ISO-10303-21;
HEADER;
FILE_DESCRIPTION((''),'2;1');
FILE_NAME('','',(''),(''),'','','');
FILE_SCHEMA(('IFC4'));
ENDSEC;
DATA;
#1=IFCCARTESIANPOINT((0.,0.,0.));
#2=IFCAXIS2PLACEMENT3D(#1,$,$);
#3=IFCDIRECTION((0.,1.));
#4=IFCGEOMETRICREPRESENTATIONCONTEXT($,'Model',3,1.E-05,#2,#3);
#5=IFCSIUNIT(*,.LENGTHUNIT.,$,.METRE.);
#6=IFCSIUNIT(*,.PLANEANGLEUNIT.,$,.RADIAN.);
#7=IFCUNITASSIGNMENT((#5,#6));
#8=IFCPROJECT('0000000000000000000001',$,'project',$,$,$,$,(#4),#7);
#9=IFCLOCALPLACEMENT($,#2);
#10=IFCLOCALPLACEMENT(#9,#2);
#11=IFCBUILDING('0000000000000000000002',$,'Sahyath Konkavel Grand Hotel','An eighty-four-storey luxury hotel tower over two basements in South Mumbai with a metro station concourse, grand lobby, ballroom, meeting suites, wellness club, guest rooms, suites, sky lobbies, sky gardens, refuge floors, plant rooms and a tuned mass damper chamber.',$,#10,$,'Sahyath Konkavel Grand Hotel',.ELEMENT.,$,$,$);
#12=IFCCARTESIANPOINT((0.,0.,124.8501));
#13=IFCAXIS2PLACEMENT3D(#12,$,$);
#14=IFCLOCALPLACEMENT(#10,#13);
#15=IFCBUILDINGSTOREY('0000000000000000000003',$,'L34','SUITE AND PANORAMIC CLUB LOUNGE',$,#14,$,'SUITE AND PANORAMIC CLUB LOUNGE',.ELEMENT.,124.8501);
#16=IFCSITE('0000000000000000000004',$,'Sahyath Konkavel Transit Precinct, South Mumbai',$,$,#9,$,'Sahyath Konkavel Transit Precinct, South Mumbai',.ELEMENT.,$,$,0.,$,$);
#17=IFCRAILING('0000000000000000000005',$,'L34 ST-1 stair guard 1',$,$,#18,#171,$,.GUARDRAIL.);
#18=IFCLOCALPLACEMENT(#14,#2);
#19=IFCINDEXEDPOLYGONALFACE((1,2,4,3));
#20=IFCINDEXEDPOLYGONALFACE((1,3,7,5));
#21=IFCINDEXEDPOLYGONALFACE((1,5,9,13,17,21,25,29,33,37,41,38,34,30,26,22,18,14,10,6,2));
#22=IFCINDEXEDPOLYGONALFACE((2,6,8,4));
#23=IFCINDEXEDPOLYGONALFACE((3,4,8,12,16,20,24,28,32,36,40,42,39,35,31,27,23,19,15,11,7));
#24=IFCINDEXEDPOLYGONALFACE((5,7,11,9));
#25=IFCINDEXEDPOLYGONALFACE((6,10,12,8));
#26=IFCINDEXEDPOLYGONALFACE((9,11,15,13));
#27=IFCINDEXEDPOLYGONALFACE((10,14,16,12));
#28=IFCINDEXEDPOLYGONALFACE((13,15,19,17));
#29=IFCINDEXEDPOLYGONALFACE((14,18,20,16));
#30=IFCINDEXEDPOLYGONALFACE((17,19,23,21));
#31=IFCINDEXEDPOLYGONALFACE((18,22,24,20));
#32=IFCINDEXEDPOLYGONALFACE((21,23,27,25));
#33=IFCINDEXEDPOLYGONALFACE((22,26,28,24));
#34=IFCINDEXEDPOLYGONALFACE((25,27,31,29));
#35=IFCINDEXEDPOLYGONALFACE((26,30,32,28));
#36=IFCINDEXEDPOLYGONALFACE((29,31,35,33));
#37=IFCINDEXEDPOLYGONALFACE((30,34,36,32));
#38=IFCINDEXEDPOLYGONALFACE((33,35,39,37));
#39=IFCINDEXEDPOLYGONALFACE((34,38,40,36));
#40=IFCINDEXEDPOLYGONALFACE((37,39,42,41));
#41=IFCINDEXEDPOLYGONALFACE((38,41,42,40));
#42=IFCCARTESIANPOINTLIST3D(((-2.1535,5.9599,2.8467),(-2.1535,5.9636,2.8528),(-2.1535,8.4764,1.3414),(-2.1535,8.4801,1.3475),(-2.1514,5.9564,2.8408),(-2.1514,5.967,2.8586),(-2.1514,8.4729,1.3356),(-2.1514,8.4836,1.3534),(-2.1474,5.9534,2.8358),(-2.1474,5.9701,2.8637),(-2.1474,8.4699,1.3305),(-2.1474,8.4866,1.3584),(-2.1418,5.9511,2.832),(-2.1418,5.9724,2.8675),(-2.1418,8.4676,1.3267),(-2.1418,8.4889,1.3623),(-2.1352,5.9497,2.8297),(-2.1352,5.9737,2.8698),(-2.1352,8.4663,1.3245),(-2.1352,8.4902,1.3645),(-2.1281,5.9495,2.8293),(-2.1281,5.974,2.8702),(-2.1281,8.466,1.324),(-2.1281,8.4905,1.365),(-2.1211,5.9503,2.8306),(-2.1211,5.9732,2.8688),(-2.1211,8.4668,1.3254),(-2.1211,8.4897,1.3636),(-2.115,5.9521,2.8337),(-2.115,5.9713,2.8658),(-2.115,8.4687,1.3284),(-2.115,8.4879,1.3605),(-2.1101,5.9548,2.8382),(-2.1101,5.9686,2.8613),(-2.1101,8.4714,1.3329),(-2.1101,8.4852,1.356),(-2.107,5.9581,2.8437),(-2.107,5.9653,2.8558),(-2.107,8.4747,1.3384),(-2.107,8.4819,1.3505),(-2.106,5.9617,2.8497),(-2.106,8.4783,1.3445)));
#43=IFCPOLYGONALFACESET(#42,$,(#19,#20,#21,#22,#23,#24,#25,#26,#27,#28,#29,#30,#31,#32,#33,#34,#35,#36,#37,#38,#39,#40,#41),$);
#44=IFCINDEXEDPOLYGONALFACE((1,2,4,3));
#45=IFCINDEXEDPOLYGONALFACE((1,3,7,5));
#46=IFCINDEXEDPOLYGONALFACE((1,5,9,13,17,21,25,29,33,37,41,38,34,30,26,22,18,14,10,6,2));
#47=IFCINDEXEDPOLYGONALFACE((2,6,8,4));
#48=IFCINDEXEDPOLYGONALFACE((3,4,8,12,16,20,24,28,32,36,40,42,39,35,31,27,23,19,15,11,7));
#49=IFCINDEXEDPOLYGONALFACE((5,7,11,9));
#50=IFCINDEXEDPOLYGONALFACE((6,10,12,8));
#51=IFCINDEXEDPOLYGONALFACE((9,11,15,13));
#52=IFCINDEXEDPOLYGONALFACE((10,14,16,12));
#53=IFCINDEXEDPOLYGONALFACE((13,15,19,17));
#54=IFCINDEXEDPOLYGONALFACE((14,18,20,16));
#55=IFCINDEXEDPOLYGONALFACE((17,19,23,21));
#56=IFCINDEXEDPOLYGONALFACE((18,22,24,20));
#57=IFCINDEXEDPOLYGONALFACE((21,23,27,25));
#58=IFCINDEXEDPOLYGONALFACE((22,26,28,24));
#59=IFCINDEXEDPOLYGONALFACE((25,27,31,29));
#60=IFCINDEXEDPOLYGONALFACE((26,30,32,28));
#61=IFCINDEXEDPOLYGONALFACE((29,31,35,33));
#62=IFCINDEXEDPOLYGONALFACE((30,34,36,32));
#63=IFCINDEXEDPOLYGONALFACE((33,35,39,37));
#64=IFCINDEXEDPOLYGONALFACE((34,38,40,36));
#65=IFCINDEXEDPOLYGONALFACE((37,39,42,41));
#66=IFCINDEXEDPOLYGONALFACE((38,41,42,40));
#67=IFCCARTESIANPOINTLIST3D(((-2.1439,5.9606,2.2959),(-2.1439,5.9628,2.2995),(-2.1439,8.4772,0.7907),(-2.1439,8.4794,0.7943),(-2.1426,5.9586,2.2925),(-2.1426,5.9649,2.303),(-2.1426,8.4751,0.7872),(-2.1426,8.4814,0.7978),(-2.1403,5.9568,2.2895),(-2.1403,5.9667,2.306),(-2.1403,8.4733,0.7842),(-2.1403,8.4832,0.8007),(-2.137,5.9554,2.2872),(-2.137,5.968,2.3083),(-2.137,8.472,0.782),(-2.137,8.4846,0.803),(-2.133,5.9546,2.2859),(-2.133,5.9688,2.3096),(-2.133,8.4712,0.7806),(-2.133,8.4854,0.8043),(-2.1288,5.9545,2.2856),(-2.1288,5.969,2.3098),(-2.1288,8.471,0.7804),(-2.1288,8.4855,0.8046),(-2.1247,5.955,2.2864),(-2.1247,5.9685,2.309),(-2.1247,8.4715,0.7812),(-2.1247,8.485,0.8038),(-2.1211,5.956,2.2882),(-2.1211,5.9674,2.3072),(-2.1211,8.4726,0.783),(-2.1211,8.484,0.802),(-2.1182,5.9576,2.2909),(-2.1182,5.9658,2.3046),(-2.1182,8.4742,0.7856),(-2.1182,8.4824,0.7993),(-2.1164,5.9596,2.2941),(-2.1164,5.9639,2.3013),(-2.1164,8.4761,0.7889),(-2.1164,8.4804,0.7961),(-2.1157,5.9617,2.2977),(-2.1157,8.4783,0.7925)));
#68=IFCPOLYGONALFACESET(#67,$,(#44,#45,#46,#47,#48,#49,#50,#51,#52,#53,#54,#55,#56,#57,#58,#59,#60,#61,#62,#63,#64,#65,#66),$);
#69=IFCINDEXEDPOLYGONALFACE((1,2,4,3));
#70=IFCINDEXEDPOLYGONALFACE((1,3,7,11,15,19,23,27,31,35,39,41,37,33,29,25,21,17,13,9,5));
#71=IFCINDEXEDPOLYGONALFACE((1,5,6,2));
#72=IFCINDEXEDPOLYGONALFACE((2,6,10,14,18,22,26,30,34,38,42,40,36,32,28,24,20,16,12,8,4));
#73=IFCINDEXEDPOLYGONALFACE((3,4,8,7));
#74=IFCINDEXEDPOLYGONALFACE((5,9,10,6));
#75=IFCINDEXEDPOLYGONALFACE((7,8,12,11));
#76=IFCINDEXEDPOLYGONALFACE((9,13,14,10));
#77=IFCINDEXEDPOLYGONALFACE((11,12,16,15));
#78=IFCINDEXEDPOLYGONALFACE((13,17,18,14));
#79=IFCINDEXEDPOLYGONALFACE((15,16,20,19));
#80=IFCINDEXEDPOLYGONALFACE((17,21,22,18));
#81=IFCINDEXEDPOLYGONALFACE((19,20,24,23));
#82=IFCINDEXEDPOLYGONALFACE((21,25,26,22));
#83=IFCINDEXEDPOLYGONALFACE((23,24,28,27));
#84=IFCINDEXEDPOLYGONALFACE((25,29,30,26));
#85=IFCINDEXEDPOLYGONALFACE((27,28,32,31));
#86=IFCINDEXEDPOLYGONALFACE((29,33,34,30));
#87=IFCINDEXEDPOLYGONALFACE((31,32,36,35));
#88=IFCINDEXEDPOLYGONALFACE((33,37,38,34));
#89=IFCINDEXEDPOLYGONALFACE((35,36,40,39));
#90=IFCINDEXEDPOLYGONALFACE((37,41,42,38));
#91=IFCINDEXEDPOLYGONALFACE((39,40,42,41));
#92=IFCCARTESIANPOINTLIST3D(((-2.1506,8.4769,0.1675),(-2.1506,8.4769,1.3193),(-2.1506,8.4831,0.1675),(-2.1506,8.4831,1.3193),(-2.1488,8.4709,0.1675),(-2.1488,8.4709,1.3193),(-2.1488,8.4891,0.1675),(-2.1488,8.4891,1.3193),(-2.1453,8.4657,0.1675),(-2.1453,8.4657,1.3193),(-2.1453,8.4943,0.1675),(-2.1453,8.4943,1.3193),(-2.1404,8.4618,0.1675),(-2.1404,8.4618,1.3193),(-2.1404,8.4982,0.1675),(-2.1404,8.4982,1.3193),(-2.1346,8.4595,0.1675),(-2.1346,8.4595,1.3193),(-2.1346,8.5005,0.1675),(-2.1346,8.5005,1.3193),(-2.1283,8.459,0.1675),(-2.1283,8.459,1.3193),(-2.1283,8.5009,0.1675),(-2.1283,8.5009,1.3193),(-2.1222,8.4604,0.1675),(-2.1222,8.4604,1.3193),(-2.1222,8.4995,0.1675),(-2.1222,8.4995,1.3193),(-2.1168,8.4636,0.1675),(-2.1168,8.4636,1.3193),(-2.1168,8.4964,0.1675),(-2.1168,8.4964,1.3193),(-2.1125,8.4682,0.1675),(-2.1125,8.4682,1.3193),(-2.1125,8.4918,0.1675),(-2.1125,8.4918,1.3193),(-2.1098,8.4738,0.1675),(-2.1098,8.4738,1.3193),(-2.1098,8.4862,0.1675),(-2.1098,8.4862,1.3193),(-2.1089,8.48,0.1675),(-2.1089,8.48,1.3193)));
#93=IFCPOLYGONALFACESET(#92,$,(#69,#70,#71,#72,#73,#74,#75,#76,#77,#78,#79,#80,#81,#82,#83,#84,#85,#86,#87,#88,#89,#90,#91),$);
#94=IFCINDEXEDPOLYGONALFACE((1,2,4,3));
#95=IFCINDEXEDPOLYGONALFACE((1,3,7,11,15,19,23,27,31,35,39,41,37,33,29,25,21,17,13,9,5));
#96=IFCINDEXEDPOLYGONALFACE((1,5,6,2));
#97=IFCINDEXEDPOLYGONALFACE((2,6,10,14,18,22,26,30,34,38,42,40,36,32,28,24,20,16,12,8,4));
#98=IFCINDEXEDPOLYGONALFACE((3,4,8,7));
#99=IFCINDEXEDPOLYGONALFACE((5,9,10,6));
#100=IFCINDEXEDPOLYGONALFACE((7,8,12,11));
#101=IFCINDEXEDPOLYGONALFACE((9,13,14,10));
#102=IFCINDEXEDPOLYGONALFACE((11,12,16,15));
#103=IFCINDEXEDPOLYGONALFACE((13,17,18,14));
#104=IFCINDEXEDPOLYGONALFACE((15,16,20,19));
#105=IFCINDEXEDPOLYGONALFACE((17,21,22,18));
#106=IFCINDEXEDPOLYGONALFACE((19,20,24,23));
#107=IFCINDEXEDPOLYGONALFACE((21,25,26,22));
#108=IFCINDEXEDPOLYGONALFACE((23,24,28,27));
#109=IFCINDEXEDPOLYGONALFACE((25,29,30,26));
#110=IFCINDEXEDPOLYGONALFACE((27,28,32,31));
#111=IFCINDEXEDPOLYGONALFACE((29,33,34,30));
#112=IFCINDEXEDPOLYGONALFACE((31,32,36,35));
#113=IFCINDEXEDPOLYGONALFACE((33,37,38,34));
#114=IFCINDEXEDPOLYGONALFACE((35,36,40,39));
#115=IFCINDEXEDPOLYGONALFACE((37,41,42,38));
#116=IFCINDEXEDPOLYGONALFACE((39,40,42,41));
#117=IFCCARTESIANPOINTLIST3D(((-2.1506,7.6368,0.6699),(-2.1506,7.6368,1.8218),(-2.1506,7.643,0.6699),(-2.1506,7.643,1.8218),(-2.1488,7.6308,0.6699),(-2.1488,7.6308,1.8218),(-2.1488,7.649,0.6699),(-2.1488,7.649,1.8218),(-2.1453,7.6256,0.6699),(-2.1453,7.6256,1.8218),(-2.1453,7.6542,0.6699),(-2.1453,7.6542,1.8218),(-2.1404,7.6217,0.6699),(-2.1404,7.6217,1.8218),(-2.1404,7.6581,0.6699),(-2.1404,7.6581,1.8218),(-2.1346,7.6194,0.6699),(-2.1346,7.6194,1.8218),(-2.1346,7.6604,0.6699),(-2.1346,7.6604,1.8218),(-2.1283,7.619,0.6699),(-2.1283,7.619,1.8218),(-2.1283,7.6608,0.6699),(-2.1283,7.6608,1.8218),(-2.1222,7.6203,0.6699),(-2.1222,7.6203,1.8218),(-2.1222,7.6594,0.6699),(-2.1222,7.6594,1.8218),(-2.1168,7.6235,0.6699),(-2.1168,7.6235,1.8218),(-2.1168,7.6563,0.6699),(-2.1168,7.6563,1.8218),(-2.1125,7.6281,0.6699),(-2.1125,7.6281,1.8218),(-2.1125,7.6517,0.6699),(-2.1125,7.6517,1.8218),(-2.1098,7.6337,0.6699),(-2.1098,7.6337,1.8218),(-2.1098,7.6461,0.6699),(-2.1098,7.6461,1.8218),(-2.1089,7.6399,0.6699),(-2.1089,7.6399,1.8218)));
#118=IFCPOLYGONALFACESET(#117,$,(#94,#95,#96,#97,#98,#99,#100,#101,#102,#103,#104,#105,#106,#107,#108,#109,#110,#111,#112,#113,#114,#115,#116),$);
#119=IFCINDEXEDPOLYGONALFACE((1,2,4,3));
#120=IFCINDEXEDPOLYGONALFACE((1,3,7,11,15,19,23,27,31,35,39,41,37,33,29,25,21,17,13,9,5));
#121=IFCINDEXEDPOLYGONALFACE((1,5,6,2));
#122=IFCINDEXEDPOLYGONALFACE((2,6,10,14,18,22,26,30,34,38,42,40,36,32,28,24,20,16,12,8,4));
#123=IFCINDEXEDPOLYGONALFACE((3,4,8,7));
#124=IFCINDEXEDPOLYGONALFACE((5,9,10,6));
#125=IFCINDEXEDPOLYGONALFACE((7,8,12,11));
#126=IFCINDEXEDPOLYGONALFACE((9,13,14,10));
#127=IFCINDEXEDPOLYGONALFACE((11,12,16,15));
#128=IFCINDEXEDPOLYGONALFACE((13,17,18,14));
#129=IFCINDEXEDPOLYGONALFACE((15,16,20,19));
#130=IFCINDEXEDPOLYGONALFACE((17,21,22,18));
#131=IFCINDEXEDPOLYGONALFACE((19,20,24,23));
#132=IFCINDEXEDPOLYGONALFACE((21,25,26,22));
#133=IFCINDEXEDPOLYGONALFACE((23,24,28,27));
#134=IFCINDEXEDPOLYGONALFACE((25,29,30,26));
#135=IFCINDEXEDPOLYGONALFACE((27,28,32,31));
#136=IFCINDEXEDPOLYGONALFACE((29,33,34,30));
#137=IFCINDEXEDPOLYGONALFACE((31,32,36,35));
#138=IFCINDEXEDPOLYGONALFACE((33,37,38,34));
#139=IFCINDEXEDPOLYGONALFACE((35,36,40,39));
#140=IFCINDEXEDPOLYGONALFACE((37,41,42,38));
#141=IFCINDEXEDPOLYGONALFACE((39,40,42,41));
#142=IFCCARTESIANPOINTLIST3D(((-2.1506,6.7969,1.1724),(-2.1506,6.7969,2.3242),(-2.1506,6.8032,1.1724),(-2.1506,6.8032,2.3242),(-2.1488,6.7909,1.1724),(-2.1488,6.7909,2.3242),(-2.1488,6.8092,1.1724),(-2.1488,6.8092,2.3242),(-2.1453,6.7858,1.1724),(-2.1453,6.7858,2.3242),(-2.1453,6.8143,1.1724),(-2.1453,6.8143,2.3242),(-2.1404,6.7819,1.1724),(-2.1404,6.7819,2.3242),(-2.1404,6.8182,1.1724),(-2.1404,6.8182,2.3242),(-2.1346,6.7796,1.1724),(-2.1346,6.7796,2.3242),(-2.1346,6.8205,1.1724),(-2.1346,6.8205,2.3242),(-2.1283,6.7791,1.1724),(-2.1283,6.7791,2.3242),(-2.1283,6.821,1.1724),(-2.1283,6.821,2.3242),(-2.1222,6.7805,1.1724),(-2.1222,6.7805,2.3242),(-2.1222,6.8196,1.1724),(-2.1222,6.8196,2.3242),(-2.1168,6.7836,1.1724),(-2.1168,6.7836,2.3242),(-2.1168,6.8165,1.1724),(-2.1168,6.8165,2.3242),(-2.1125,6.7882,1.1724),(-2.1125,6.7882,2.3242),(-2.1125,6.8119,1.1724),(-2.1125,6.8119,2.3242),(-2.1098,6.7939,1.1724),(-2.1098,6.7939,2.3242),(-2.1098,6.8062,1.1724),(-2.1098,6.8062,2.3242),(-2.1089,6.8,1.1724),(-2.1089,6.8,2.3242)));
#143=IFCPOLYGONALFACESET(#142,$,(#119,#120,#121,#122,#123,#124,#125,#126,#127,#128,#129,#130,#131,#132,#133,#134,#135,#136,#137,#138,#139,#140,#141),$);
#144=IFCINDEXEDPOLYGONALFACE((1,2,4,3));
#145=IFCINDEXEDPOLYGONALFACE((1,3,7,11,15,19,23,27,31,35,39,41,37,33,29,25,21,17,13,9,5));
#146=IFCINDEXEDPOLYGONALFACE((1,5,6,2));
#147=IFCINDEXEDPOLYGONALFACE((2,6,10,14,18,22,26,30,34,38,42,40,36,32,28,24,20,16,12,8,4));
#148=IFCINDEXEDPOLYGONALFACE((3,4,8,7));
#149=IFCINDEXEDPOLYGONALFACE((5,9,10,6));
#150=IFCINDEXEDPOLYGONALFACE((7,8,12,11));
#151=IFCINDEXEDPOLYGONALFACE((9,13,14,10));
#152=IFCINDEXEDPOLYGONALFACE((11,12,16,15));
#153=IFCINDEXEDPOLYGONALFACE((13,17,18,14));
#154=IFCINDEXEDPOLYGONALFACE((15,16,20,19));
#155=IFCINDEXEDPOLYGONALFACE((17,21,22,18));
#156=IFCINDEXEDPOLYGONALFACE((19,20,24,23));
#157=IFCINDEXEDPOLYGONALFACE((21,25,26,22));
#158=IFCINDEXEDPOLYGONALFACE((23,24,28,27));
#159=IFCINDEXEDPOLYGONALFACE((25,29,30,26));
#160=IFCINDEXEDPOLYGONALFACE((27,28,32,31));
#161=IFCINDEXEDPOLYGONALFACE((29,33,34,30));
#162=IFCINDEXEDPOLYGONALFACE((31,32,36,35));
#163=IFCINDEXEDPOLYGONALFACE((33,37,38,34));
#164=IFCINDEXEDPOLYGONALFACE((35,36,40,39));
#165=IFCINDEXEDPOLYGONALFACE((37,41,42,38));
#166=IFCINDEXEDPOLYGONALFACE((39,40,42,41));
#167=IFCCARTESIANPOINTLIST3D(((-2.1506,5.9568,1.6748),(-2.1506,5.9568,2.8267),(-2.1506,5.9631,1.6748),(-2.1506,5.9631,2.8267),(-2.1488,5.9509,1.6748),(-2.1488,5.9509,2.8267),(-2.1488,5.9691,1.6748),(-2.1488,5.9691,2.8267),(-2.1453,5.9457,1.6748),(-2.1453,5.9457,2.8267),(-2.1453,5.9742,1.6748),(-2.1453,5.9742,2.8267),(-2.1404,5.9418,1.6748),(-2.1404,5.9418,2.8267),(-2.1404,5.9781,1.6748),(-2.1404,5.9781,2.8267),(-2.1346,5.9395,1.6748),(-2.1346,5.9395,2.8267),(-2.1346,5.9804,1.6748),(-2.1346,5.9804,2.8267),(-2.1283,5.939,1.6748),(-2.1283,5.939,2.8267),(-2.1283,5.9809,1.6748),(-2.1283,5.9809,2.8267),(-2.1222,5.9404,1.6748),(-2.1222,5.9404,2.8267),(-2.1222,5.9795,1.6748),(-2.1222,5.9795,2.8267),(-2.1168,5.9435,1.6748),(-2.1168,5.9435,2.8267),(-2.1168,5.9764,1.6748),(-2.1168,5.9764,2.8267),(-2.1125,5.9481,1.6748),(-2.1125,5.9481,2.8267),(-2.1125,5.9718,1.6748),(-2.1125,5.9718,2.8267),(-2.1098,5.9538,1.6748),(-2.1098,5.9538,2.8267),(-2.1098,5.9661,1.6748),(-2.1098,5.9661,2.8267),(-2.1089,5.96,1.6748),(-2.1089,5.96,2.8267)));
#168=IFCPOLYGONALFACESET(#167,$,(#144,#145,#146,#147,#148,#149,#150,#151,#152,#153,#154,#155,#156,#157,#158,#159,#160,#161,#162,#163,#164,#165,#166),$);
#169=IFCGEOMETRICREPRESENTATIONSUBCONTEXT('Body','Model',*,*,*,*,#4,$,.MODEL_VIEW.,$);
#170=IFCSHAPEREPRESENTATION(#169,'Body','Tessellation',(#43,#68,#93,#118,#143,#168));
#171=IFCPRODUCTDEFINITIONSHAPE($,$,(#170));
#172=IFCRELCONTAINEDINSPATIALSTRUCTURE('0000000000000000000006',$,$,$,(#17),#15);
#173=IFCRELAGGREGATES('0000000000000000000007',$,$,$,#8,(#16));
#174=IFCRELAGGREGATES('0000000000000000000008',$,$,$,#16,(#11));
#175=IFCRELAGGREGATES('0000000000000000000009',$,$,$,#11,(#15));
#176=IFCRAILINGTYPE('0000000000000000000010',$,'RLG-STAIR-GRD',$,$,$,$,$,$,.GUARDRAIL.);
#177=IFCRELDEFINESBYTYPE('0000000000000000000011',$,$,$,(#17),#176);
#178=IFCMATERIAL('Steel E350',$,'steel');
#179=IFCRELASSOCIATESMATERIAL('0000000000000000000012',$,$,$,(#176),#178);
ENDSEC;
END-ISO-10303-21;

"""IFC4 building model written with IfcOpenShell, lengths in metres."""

from ifc_helpers import new_model, si_unit, direction, frame, origin, origin_2d, place, context, subcontext, project, spatial, circle, extrude, material, type_object, element, save


model = new_model("IFC4")

# Units and contexts
model_context = context("Model", 3, precision=1e-05, world=origin(), true_north=direction((0.0, 1.0)))
body_context = subcontext(model_context, "Body", "Model", "MODEL_VIEW")
ifc_project = project(units=[si_unit("LENGTHUNIT", "METRE"), si_unit("PLANEANGLEUNIT", "RADIAN")], contexts=[model_context])

# Site, building, storey
site_placement = place(None, origin())
site = spatial("IfcSite", under=ifc_project, at=site_placement, Name="Sahyath Konkavel Transit Precinct, South Mumbai", LongName="Sahyath Konkavel Transit Precinct, South Mumbai", CompositionType="ELEMENT", RefElevation=0.0)
building_placement = place(site_placement, origin())
building = spatial("IfcBuilding", under=site, at=building_placement, Name="Sahyath Konkavel Grand Hotel", Description="An eighty-four-storey luxury hotel tower over two basements in South Mumbai with a metro station concourse, grand lobby, ballroom, meeting suites, wellness club, guest rooms, suites, sky lobbies, sky gardens, refuge floors, plant rooms and a tuned mass damper chamber.", LongName="Sahyath Konkavel Grand Hotel", CompositionType="ELEMENT")
storey_placement = place(building_placement, frame((0.0, 0.0, 124.8501)))
storey = spatial("IfcBuildingStorey", under=building, at=storey_placement, Name="L34", Description="SUITE AND PANORAMIC CLUB LOUNGE", LongName="SUITE AND PANORAMIC CLUB LOUNGE", CompositionType="ELEMENT", Elevation=124.8501)

# Shared definitions
ifc_material_1 = material(Name="Steel E350", Category="steel")

# Railing
railing_type_1 = type_object("IfcRailingType", Name="RLG-STAIR-GRD", PredefinedType="GUARDRAIL", material=ifc_material_1)
railing_1_placement = place(storey_placement, frame((-2.1299, 8.48, 0.1675)))
element("IfcRailing", 1, at=railing_1_placement, inside=storey, type_object=railing_type_1, Name="L34 ST-1 stair guard 1", PredefinedType="GUARDRAIL", context=body_context, shape_type="SweptSolid", body=[
    extrude(circle(Radius=0.0239, at=origin_2d()), frame((0.0, -0.0017, 1.177), z_axis=(0.0, -0.858196, 0.513321), x_axis=(1.0, 0.0, 0.0)), (0.0, 0.0, 1.0), 2.9324),
    extrude(circle(Radius=0.0142, at=origin_2d()), frame((0.0, -0.0017, 0.625), z_axis=(0.0, -0.858196, 0.513321), x_axis=(1.0, 0.0, 0.0)), (0.0, 0.0, 1.0), 2.9324),
    extrude(circle(Radius=0.021, at=origin_2d()), origin(), (0.0, 0.0, 1.0), 1.1519),
    extrude(circle(Radius=0.021, at=origin_2d()), frame((0.0, -0.8401, 0.5024)), (0.0, 0.0, 1.0), 1.1519),
    extrude(circle(Radius=0.021, at=origin_2d()), frame((0.0, -1.6799, 1.0049)), (0.0, 0.0, 1.0), 1.1519),
    extrude(circle(Radius=0.021, at=origin_2d()), frame((0.0, -2.52, 1.5073)), (0.0, 0.0, 1.0), 1.1519),
])

save(model, "model.ifc")
